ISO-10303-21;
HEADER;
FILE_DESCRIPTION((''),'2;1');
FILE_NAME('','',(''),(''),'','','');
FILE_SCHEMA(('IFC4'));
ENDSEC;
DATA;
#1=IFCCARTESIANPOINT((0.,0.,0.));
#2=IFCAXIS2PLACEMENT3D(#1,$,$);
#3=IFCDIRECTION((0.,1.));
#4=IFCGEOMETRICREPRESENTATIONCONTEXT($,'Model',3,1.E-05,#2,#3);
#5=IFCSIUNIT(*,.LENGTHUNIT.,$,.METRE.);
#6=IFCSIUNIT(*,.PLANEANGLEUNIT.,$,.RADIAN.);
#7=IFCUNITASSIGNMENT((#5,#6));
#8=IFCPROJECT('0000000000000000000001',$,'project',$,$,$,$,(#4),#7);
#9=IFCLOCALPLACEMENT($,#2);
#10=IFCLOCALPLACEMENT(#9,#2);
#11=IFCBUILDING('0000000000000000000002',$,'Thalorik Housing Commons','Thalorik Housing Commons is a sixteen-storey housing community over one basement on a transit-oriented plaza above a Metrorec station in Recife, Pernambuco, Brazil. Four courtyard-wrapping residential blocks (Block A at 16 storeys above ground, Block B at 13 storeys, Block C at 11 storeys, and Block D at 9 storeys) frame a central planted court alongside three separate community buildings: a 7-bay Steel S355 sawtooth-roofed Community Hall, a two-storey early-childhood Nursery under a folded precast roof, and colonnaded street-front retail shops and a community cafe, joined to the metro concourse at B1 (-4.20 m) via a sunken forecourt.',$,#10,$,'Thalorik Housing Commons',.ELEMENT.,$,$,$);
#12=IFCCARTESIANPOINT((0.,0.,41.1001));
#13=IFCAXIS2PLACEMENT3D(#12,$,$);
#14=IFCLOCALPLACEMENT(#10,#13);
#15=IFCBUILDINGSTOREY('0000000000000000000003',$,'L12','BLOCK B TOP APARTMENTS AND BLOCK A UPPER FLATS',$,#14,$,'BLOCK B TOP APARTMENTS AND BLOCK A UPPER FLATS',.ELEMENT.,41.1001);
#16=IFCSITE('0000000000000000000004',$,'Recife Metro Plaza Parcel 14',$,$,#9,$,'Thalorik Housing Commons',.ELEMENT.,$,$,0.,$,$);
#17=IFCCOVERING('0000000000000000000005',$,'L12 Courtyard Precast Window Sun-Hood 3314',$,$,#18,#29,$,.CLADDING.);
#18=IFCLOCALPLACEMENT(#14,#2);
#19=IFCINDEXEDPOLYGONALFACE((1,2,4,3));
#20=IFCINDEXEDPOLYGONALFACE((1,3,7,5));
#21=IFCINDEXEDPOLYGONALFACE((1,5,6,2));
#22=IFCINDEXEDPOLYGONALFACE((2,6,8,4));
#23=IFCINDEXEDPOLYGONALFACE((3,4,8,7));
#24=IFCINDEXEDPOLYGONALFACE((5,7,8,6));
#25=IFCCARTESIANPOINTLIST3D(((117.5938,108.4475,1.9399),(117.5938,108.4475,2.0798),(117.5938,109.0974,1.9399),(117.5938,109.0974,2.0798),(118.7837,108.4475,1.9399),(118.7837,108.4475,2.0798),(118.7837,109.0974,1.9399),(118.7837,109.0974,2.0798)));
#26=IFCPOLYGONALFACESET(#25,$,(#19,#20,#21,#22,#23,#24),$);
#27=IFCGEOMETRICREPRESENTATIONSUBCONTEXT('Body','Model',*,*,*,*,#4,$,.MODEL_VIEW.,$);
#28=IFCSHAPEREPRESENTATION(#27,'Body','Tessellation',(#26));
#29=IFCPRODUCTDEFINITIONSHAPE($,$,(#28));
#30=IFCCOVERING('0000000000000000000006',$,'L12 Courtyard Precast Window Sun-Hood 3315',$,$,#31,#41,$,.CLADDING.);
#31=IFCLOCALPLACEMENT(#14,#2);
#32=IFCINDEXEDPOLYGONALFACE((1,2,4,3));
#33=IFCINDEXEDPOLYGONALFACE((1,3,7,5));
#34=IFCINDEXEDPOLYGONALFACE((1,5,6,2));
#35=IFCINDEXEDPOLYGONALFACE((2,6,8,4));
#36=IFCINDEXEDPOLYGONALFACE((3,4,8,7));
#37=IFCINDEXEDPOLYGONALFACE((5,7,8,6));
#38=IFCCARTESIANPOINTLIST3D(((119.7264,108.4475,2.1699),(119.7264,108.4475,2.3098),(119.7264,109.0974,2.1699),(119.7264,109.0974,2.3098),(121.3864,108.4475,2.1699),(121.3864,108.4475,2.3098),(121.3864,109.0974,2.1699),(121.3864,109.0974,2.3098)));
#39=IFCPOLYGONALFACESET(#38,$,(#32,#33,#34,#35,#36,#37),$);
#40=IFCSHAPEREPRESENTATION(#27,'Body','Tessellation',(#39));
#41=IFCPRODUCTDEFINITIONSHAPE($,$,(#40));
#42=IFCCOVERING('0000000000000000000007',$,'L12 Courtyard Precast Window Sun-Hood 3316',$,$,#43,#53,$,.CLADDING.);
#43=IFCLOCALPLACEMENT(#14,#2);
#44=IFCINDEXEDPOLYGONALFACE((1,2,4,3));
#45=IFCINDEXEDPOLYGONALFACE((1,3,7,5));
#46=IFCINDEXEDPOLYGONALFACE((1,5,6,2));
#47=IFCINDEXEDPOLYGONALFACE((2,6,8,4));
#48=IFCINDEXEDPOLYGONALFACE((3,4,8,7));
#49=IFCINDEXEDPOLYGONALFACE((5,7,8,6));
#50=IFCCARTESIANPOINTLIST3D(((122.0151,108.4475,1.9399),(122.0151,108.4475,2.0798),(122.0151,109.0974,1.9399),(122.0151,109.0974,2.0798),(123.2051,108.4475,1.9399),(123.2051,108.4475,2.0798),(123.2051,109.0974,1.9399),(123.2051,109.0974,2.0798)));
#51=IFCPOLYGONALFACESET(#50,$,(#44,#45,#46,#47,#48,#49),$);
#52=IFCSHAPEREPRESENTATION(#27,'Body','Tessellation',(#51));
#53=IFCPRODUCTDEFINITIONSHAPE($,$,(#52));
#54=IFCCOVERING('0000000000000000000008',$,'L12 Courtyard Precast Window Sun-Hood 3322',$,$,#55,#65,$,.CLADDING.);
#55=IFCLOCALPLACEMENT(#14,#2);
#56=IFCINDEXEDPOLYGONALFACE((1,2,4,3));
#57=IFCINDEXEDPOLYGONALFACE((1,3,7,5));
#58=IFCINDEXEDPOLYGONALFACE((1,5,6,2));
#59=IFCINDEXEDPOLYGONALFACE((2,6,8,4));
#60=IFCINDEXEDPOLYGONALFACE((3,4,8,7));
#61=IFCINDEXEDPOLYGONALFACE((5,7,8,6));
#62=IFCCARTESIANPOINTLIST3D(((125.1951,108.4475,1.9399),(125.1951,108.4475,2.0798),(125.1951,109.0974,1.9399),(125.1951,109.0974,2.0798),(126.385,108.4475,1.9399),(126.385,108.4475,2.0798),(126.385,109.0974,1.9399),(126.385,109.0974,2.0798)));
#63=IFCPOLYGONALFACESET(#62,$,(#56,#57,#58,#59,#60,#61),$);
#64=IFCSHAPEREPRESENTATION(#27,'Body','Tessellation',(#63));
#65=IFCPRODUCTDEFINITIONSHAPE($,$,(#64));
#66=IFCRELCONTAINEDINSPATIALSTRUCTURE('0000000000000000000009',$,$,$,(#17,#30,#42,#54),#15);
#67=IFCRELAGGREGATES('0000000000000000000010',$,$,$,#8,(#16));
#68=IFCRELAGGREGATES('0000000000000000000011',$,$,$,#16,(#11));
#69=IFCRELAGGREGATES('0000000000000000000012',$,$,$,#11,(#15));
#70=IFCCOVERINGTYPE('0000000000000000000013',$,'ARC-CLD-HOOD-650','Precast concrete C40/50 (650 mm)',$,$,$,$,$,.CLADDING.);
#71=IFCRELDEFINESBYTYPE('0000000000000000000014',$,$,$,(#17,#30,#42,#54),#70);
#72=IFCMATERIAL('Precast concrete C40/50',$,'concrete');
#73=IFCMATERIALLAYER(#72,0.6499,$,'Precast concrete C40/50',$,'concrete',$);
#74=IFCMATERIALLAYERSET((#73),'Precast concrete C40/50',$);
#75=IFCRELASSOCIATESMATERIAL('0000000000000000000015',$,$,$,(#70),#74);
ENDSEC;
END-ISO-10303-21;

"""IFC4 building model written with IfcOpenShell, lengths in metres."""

from ifc_helpers import new_model, si_unit, direction, frame, origin, origin_2d, place, context, subcontext, project, spatial, rectangle, extrude, material, layer, layer_set, type_object, element, save


model = new_model("IFC4")

# Units and contexts
model_context = context("Model", 3, precision=1e-05, world=origin(), true_north=direction((0.0, 1.0)))
body_context = subcontext(model_context, "Body", "Model", "MODEL_VIEW")
ifc_project = project(units=[si_unit("LENGTHUNIT", "METRE"), si_unit("PLANEANGLEUNIT", "RADIAN")], contexts=[model_context])

# Site, building, storey
site_placement = place(None, origin())
site = spatial("IfcSite", under=ifc_project, at=site_placement, Name="Recife Metro Plaza Parcel 14", LongName="Thalorik Housing Commons", CompositionType="ELEMENT", RefElevation=0.0)
building_placement = place(site_placement, origin())
building = spatial("IfcBuilding", under=site, at=building_placement, Name="Thalorik Housing Commons", Description="Thalorik Housing Commons is a sixteen-storey housing community over one basement on a transit-oriented plaza above a Metrorec station in Recife, Pernambuco, Brazil. Four courtyard-wrapping residential blocks (Block A at 16 storeys above ground, Block B at 13 storeys, Block C at 11 storeys, and Block D at 9 storeys) frame a central planted court alongside three separate community buildings: a 7-bay Steel S355 sawtooth-roofed Community Hall, a two-storey early-childhood Nursery under a folded precast roof, and colonnaded street-front retail shops and a community cafe, joined to the metro concourse at B1 (-4.20 m) via a sunken forecourt.", LongName="Thalorik Housing Commons", CompositionType="ELEMENT")
storey_placement = place(building_placement, frame((0.0, 0.0, 41.1001)))
storey = spatial("IfcBuildingStorey", under=building, at=storey_placement, Name="L12", Description="BLOCK B TOP APARTMENTS AND BLOCK A UPPER FLATS", LongName="BLOCK B TOP APARTMENTS AND BLOCK A UPPER FLATS", CompositionType="ELEMENT", Elevation=41.1001)

# Shared definitions
ifc_material_1 = material(Name="Precast concrete C40/50", Category="concrete")

# Coverings
ifc_layer_1 = layer(ifc_material_1, 0.6499, Name="Precast concrete C40/50", Category="concrete")
ifc_layer_set_1 = layer_set([ifc_layer_1], Name="Precast concrete C40/50")
covering_type_1 = type_object("IfcCoveringType", Name="ARC-CLD-HOOD-650", Description="Precast concrete C40/50 (650 mm)", PredefinedType="CLADDING", material=ifc_layer_set_1)
covering_1_placement = place(storey_placement, frame((118.1887, 108.7725, 1.9399), z_axis=(0.0, 0.0, 1.0), x_axis=(1.0, 0.0, 0.0)))
element("IfcCovering", 1, at=covering_1_placement, inside=storey, type_object=covering_type_1, Name="L12 Courtyard Precast Window Sun-Hood 3314", PredefinedType="CLADDING", context=body_context, shape_type="SweptSolid", body=[
    extrude(rectangle(XDim=1.1899, YDim=0.6499, at=origin_2d()), origin(), (0.0, 0.0, 1.0), 0.1399),
])
covering_2_placement = place(storey_placement, frame((120.5564, 108.7725, 2.1699), z_axis=(0.0, 0.0, 1.0), x_axis=(1.0, 0.0, 0.0)))
element("IfcCovering", 2, at=covering_2_placement, inside=storey, type_object=covering_type_1, Name="L12 Courtyard Precast Window Sun-Hood 3315", PredefinedType="CLADDING", context=body_context, shape_type="SweptSolid", body=[
    extrude(rectangle(XDim=1.6599, YDim=0.6499, at=origin_2d()), origin(), (0.0, 0.0, 1.0), 0.1399),
])
for number, where, z_axis, x_axis, name in (
    (3, (122.6101, 108.7725, 1.9399), (0.0, 0.0, 1.0), (1.0, 0.0, 0.0), "L12 Courtyard Precast Window Sun-Hood 3316"),
    (4, (125.79, 108.7725, 1.9399), (0.0, 0.0, 1.0), (1.0, 0.0, 0.0), "L12 Courtyard Precast Window Sun-Hood 3322"),
):
    element("IfcCovering", number, at=place(storey_placement, frame(where, z_axis=z_axis, x_axis=x_axis)), inside=storey, type_object=covering_type_1, Name=name, PredefinedType="CLADDING", context=body_context, shape_type="SweptSolid", body=[
        extrude(rectangle(XDim=1.1899, YDim=0.6499, at=origin_2d()), origin(), (0.0, 0.0, 1.0), 0.1399),
    ])

save(model, "model.ifc")
